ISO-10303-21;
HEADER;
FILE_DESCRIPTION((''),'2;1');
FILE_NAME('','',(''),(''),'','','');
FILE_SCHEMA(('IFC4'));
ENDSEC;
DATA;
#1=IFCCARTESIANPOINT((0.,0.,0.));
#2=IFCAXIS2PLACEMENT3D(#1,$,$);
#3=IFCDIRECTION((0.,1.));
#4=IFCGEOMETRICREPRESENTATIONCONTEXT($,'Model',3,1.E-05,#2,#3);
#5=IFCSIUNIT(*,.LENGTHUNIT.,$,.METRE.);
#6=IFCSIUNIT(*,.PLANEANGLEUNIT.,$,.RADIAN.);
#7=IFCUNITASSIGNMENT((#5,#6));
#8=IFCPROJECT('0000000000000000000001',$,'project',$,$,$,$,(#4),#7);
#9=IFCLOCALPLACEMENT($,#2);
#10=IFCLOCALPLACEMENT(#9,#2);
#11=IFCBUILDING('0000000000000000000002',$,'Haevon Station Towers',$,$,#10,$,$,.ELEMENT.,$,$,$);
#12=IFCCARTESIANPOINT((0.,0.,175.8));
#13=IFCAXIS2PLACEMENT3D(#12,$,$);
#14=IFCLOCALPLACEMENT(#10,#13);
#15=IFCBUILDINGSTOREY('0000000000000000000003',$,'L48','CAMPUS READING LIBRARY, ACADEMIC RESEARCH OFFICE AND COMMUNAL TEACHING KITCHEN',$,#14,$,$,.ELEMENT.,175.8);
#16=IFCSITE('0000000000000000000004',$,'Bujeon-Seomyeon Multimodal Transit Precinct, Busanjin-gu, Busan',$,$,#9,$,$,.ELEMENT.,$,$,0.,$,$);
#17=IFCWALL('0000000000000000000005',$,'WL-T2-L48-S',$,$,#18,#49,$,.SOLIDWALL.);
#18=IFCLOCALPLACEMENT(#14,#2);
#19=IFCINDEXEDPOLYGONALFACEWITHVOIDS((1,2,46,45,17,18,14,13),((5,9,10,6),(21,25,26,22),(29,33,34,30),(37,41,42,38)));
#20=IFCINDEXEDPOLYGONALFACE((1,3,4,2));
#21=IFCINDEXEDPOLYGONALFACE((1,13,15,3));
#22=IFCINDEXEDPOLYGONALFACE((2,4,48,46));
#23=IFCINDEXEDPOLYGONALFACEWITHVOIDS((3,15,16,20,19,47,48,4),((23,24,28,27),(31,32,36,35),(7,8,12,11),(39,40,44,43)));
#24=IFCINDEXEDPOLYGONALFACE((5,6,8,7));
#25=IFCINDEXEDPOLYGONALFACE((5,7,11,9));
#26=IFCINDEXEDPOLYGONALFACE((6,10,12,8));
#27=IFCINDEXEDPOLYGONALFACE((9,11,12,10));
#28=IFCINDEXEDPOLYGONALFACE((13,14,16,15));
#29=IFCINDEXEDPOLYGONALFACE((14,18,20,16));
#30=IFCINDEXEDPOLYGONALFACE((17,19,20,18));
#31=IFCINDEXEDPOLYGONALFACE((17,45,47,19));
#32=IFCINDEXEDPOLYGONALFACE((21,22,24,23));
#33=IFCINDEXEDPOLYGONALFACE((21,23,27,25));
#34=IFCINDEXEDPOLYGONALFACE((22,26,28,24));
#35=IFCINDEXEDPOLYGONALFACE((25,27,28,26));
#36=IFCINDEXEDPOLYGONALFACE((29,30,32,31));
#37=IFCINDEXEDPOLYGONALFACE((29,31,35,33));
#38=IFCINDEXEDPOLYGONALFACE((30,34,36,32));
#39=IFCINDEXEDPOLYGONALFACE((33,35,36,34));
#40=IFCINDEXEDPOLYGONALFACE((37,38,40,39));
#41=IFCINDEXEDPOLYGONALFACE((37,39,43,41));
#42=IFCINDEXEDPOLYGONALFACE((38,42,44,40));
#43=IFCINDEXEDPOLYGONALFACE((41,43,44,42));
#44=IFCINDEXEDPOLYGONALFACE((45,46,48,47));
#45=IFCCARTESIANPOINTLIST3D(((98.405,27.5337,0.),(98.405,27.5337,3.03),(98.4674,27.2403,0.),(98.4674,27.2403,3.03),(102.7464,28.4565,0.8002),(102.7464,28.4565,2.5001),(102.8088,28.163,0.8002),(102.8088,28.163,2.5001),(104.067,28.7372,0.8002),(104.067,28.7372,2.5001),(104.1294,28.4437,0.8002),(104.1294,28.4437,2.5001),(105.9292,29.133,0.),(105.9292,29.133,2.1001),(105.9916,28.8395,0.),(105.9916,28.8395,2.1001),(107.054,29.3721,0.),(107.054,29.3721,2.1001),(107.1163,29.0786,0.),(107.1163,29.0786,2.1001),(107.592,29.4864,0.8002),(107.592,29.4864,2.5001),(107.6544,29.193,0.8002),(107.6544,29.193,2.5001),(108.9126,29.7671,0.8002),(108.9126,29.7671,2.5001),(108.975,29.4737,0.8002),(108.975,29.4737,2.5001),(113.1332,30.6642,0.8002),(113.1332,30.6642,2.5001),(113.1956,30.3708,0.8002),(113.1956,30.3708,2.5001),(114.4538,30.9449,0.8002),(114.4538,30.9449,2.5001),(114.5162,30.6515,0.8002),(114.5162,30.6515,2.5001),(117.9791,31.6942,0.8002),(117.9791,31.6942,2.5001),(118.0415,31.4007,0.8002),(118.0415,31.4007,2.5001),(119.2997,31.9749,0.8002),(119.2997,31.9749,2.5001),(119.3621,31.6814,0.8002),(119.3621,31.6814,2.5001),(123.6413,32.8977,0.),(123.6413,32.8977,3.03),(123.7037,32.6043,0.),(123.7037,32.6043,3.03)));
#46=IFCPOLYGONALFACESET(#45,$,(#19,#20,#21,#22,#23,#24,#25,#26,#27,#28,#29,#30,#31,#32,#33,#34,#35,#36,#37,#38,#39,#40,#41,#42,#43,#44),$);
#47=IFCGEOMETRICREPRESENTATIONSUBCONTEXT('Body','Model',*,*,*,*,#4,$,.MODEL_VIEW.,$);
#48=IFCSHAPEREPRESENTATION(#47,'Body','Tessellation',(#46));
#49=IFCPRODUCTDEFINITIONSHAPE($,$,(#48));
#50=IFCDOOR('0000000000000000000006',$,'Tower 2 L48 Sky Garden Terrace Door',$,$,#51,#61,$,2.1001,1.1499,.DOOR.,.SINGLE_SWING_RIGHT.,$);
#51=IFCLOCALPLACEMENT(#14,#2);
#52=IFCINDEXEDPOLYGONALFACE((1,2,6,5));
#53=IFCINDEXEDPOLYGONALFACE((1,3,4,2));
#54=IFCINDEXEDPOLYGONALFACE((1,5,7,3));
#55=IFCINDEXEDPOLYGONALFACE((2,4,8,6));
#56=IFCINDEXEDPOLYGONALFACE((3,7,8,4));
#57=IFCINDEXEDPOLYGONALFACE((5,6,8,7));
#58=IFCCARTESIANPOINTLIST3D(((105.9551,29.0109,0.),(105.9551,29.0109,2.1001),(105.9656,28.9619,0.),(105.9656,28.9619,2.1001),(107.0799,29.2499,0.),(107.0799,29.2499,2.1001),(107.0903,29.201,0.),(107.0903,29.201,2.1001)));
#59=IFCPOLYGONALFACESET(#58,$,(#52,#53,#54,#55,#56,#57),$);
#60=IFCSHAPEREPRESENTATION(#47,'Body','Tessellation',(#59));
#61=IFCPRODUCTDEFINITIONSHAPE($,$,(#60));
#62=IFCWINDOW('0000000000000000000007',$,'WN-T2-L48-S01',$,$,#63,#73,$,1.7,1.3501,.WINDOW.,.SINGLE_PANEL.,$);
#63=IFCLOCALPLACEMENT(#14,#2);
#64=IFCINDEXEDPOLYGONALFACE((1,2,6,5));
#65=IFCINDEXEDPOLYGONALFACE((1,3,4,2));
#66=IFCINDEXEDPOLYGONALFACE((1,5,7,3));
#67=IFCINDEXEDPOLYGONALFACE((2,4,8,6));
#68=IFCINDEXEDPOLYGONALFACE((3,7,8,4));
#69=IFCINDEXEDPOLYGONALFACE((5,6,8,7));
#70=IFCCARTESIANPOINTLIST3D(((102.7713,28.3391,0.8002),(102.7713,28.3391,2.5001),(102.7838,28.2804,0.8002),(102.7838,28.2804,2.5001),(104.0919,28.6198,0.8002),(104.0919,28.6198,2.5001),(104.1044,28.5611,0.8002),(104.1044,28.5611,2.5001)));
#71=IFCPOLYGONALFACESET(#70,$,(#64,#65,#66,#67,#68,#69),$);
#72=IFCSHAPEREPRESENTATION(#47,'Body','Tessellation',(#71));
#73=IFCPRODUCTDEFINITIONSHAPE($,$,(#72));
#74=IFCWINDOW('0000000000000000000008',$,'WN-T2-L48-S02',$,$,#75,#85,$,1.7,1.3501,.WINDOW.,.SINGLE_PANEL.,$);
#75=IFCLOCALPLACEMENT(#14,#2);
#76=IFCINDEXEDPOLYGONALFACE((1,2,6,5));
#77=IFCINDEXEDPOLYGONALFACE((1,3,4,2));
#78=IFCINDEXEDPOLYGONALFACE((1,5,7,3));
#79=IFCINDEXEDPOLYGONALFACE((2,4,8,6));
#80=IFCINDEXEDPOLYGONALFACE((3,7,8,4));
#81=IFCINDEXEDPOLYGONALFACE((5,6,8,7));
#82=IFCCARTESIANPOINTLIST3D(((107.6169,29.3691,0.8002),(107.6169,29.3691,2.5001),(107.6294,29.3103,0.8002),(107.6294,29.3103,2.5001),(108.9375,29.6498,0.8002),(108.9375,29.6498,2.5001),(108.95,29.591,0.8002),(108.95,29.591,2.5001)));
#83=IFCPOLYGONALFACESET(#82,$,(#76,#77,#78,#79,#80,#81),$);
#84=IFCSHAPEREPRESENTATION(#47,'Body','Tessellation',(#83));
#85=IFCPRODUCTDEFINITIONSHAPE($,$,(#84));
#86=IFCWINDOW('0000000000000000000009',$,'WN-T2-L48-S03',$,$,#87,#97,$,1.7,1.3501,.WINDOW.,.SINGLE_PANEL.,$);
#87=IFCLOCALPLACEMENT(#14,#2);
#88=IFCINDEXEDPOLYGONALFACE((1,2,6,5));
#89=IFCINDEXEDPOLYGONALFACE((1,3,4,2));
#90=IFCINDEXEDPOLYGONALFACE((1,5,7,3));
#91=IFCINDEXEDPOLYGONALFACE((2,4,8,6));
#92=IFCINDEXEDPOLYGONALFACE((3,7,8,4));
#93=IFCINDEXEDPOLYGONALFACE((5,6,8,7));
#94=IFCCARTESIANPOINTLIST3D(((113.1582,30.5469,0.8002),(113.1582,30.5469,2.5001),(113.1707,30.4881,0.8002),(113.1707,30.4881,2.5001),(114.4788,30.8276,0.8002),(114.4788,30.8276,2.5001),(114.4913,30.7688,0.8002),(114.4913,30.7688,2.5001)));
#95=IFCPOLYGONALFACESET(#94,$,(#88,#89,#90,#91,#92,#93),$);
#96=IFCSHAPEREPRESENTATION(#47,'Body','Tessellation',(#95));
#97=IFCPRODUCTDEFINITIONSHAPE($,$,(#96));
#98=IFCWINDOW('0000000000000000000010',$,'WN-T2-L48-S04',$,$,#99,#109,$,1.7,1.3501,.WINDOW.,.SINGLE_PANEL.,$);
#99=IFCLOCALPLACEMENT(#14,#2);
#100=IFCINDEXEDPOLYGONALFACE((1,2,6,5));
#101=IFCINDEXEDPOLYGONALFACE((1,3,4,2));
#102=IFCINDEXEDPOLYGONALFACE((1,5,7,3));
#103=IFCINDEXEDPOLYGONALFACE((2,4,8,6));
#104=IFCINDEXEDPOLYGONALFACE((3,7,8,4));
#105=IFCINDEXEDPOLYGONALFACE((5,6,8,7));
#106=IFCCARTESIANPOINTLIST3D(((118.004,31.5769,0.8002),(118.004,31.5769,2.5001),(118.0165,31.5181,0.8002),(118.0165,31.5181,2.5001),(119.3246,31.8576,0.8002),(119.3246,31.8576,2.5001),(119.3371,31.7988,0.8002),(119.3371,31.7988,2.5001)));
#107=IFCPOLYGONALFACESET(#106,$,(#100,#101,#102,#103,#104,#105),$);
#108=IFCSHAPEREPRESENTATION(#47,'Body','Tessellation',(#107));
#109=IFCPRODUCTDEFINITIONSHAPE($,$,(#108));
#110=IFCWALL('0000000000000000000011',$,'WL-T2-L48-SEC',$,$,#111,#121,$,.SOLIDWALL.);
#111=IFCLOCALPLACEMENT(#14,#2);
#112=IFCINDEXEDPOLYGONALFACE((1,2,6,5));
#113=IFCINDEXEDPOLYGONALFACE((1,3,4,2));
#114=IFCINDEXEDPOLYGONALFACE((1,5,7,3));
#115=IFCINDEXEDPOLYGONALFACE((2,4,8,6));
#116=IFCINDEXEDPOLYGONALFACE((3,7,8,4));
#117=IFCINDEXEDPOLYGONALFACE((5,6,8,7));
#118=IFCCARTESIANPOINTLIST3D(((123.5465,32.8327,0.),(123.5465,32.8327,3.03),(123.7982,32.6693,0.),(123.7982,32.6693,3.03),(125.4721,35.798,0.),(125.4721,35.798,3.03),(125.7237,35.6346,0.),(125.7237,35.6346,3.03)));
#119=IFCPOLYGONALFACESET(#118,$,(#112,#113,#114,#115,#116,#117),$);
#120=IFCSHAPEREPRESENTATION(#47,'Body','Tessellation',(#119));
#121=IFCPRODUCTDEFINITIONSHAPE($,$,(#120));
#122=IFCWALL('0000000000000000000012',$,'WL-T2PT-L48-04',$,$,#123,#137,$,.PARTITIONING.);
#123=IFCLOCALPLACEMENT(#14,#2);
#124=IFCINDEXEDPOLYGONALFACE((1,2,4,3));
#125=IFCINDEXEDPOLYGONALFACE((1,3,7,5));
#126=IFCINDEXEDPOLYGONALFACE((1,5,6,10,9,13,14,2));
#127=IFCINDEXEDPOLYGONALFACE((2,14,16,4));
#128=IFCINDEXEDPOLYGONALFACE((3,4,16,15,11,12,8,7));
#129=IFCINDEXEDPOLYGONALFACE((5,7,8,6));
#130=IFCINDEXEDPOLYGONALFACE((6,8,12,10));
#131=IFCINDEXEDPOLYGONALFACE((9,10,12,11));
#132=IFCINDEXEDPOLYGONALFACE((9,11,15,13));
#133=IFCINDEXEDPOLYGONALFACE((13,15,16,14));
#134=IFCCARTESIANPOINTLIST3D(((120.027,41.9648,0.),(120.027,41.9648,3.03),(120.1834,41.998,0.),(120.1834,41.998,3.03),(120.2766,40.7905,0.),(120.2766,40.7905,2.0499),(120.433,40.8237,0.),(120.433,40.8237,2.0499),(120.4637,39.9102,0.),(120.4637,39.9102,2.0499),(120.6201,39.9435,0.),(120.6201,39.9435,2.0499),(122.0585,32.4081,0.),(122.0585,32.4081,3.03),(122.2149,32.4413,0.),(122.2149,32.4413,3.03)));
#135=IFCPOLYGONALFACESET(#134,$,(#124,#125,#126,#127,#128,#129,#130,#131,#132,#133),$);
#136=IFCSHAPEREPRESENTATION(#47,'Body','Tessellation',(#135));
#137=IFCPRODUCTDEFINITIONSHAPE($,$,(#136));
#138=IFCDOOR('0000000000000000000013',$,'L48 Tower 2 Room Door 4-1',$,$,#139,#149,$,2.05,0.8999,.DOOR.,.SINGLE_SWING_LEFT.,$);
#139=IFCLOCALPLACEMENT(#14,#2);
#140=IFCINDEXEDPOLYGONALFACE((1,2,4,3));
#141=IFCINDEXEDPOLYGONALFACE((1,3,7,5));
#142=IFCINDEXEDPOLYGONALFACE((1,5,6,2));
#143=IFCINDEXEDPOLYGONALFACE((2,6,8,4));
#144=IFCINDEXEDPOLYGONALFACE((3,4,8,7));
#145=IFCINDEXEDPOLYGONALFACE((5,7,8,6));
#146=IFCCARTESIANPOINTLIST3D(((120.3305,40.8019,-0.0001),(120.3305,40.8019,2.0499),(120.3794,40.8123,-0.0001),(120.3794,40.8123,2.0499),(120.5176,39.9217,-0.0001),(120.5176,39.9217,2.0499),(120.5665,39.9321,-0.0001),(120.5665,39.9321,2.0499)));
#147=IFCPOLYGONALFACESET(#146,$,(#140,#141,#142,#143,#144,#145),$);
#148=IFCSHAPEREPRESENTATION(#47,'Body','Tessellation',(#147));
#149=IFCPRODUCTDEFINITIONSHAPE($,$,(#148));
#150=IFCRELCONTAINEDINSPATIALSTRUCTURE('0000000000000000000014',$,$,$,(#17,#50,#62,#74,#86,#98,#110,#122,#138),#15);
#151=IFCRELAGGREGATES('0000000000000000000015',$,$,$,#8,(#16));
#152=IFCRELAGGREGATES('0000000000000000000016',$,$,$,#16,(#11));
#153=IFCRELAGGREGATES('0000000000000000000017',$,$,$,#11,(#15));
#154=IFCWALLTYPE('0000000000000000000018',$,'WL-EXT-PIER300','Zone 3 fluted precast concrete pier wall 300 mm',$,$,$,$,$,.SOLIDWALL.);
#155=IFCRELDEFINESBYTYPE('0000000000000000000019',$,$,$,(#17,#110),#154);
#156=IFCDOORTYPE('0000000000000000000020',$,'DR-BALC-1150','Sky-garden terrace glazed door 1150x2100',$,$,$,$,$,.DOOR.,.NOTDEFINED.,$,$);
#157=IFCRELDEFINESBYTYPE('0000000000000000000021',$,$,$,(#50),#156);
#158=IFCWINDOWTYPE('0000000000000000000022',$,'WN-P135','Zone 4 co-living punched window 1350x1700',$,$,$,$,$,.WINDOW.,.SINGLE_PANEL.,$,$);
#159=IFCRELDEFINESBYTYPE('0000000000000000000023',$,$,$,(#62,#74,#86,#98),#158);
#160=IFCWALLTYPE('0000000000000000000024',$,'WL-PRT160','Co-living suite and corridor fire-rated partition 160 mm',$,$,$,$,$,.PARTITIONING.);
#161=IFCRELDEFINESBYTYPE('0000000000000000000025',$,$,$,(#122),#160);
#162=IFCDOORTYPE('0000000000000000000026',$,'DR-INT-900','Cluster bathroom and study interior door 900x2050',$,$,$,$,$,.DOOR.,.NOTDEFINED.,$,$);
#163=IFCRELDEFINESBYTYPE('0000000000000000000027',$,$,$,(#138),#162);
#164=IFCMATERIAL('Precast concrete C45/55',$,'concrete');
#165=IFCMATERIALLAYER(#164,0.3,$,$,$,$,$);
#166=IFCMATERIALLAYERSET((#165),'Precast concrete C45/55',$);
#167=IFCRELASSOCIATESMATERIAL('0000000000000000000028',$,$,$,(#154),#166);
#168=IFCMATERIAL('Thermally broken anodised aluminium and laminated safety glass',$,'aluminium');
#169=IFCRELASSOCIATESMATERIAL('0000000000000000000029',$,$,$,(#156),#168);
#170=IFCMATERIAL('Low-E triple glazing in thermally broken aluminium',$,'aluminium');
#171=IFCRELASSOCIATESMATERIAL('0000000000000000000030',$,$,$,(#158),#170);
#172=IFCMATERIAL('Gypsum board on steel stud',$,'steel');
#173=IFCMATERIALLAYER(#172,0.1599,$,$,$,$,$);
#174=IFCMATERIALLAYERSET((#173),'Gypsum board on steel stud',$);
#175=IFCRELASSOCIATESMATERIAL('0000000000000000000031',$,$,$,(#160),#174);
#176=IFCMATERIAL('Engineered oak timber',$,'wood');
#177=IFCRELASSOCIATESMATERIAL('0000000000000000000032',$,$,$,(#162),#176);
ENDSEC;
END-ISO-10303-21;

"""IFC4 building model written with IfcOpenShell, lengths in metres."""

from ifc_helpers import new_model, si_unit, direction, frame, frame_2d, origin, place, context, subcontext, project, spatial, rectangle, extrude, material, layer, layer_set, type_object, element, fill, save


model = new_model("IFC4")

# Units and contexts
model_context = context("Model", 3, precision=1e-05, world=origin(), true_north=direction((0.0, 1.0)))
body_context = subcontext(model_context, "Body", "Model", "MODEL_VIEW")
ifc_project = project(units=[si_unit("LENGTHUNIT", "METRE"), si_unit("PLANEANGLEUNIT", "RADIAN")], contexts=[model_context])

# Site, building, storey
site_placement = place(None, origin())
site = spatial("IfcSite", under=ifc_project, at=site_placement, Name="Bujeon-Seomyeon Multimodal Transit Precinct, Busanjin-gu, Busan", CompositionType="ELEMENT", RefElevation=0.0)
building_placement = place(site_placement, origin())
building = spatial("IfcBuilding", under=site, at=building_placement, Name="Haevon Station Towers", CompositionType="ELEMENT")
storey_placement = place(building_placement, frame((0.0, 0.0, 175.8)))
storey = spatial("IfcBuildingStorey", under=building, at=storey_placement, Name="L48", Description="CAMPUS READING LIBRARY, ACADEMIC RESEARCH OFFICE AND COMMUNAL TEACHING KITCHEN", CompositionType="ELEMENT", Elevation=175.8)

# Wall, openings, door, windows
ifc_material_1 = material(Name="Precast concrete C45/55", Category="concrete")
ifc_layer_1 = layer(ifc_material_1, 0.3)
ifc_layer_set_1 = layer_set([ifc_layer_1], Name="Precast concrete C45/55")
wall_type_1 = type_object("IfcWallType", Name="WL-EXT-PIER300", Description="Zone 3 fluted precast concrete pier wall 300 mm", PredefinedType="SOLIDWALL", material=ifc_layer_set_1)
wall_1_placement = place(storey_placement, frame((123.6724, 32.751, 0.0), z_axis=(0.0, 0.0, 1.0), x_axis=(-0.978149, -0.207907, 0.0)))
wall_1 = element("IfcWall", 1, at=wall_1_placement, inside=storey, type_object=wall_type_1, Name="WL-T2-L48-S", PredefinedType="SOLIDWALL", context=body_context, shape_type="SweptSolid", body=[
    extrude(rectangle(XDim=25.8, YDim=0.3, at=frame_2d((12.8999, 0.0))), origin(), (0.0, 0.0, 1.0), 3.03),
])
opening_1_placement = place(wall_1_placement, frame((16.9578, 0.0, 0.0)))
opening_1 = element("IfcOpeningElement", 2, at=opening_1_placement, cuts=wall_1, PredefinedType="OPENING", context=body_context, shape_type="SweptSolid", body=[
    extrude(rectangle(XDim=1.1499, YDim=2.1001, at=frame_2d((0.575, 1.05))), frame((0.0, 0.1599, 0.0), z_axis=(0.0, -1.0, 0.0), x_axis=(1.0, 0.0, 0.0)), (0.0, 0.0, 1.0), 0.3201),
])
opening_2_placement = place(wall_1_placement, frame((20.0115, 0.0, 0.8)))
opening_2 = element("IfcOpeningElement", 3, at=opening_2_placement, cuts=wall_1, PredefinedType="OPENING", context=body_context, shape_type="SweptSolid", body=[
    extrude(rectangle(XDim=1.3501, YDim=1.7, at=frame_2d((0.675, 0.8501))), frame((0.0, 0.1599, 0.0), z_axis=(0.0, -1.0, 0.0), x_axis=(1.0, 0.0, 0.0)), (0.0, 0.0, 1.0), 0.3201),
])
opening_3_placement = place(wall_1_placement, frame((15.0576, 0.0, 0.8)))
opening_3 = element("IfcOpeningElement", 4, at=opening_3_placement, cuts=wall_1, PredefinedType="OPENING", context=body_context, shape_type="SweptSolid", body=[
    extrude(rectangle(XDim=1.3501, YDim=1.7, at=frame_2d((0.675, 0.8501))), frame((0.0, 0.1599, 0.0), z_axis=(0.0, -1.0, 0.0), x_axis=(1.0, 0.0, 0.0)), (0.0, 0.0, 1.0), 0.3201),
])
opening_4_placement = place(wall_1_placement, frame((9.3926, 0.0, 0.8)))
opening_4 = element("IfcOpeningElement", 5, at=opening_4_placement, cuts=wall_1, PredefinedType="OPENING", context=body_context, shape_type="SweptSolid", body=[
    extrude(rectangle(XDim=1.3501, YDim=1.7, at=frame_2d((0.675, 0.8501))), frame((0.0, 0.1599, 0.0), z_axis=(0.0, -1.0, 0.0), x_axis=(1.0, 0.0, 0.0)), (0.0, 0.0, 1.0), 0.3201),
])
opening_5_placement = place(wall_1_placement, frame((4.4385, 0.0, 0.8)))
opening_5 = element("IfcOpeningElement", 6, at=opening_5_placement, cuts=wall_1, PredefinedType="OPENING", context=body_context, shape_type="SweptSolid", body=[
    extrude(rectangle(XDim=1.3501, YDim=1.7, at=frame_2d((0.675, 0.8501))), frame((0.0, 0.1599, 0.0), z_axis=(0.0, -1.0, 0.0), x_axis=(1.0, 0.0, 0.0)), (0.0, 0.0, 1.0), 0.3201),
])
ifc_material_2 = material(Name="Thermally broken anodised aluminium and laminated safety glass", Category="aluminium")
door_type_1 = type_object("IfcDoorType", Name="DR-BALC-1150", Description="Sky-garden terrace glazed door 1150x2100", OperationType="NOTDEFINED", PredefinedType="DOOR", material=ifc_material_2)
door_1_placement = place(opening_1_placement, origin())
door_1 = element("IfcDoor", 7, at=door_1_placement, inside=storey, type_object=door_type_1, Name="Tower 2 L48 Sky Garden Terrace Door", OperationType="SINGLE_SWING_RIGHT", OverallHeight=2.1001, OverallWidth=1.1499, PredefinedType="DOOR", context=body_context, shape_type="SweptSolid", body=[
    extrude(rectangle(XDim=1.1499, YDim=2.1001, at=frame_2d((0.575, 1.05))), frame((0.0, 0.0249, 0.0), z_axis=(0.0, -1.0, 0.0), x_axis=(1.0, 0.0, 0.0)), (0.0, 0.0, 1.0), 0.05),
])
fill(opening_1, door_1)
ifc_material_3 = material(Name="Low-E triple glazing in thermally broken aluminium", Category="aluminium")
window_type = type_object("IfcWindowType", Name="WN-P135", Description="Zone 4 co-living punched window 1350x1700", PartitioningType="SINGLE_PANEL", PredefinedType="WINDOW", material=ifc_material_3)
window_1_placement = place(opening_2_placement, origin())
window_1 = element("IfcWindow", 8, at=window_1_placement, inside=storey, type_object=window_type, Name="WN-T2-L48-S01", OverallHeight=1.7, OverallWidth=1.3501, PartitioningType="SINGLE_PANEL", PredefinedType="WINDOW", context=body_context, shape_type="SweptSolid", body=[
    extrude(rectangle(XDim=1.3501, YDim=1.7, at=frame_2d((0.675, 0.8501))), frame((0.0, 0.03, 0.0), z_axis=(0.0, -1.0, 0.0), x_axis=(1.0, 0.0, 0.0)), (0.0, 0.0, 1.0), 0.0601),
])
fill(opening_2, window_1)
window_2_placement = place(opening_3_placement, origin())
window_2 = element("IfcWindow", 9, at=window_2_placement, inside=storey, type_object=window_type, Name="WN-T2-L48-S02", OverallHeight=1.7, OverallWidth=1.3501, PartitioningType="SINGLE_PANEL", PredefinedType="WINDOW", context=body_context, shape_type="SweptSolid", body=[
    extrude(rectangle(XDim=1.3501, YDim=1.7, at=frame_2d((0.675, 0.8501))), frame((0.0, 0.03, 0.0), z_axis=(0.0, -1.0, 0.0), x_axis=(1.0, 0.0, 0.0)), (0.0, 0.0, 1.0), 0.0601),
])
fill(opening_3, window_2)
window_3_placement = place(opening_4_placement, origin())
window_3 = element("IfcWindow", 10, at=window_3_placement, inside=storey, type_object=window_type, Name="WN-T2-L48-S03", OverallHeight=1.7, OverallWidth=1.3501, PartitioningType="SINGLE_PANEL", PredefinedType="WINDOW", context=body_context, shape_type="SweptSolid", body=[
    extrude(rectangle(XDim=1.3501, YDim=1.7, at=frame_2d((0.675, 0.8501))), frame((0.0, 0.03, 0.0), z_axis=(0.0, -1.0, 0.0), x_axis=(1.0, 0.0, 0.0)), (0.0, 0.0, 1.0), 0.0601),
])
fill(opening_4, window_3)
window_4_placement = place(opening_5_placement, origin())
window_4 = element("IfcWindow", 11, at=window_4_placement, inside=storey, type_object=window_type, Name="WN-T2-L48-S04", OverallHeight=1.7, OverallWidth=1.3501, PartitioningType="SINGLE_PANEL", PredefinedType="WINDOW", context=body_context, shape_type="SweptSolid", body=[
    extrude(rectangle(XDim=1.3501, YDim=1.7, at=frame_2d((0.675, 0.8501))), frame((0.0, 0.03, 0.0), z_axis=(0.0, -1.0, 0.0), x_axis=(1.0, 0.0, 0.0)), (0.0, 0.0, 1.0), 0.0601),
])
fill(opening_5, window_4)

# Wall
wall_2_placement = place(storey_placement, frame((125.5979, 35.7163, 0.0), z_axis=(0.0, 0.0, 1.0), x_axis=(-0.544605, -0.838693, 0.0)))
element("IfcWall", 12, at=wall_2_placement, inside=storey, type_object=wall_type_1, Name="WL-T2-L48-SEC", PredefinedType="SOLIDWALL", context=body_context, shape_type="SweptSolid", body=[
    extrude(rectangle(XDim=3.5356, YDim=0.3, at=frame_2d((1.7678, 0.0))), origin(), (0.0, 0.0, 1.0), 3.03),
])

# Wall, opening, door
ifc_material_4 = material(Name="Gypsum board on steel stud", Category="steel")
ifc_layer_2 = layer(ifc_material_4, 0.1599)
ifc_layer_set_2 = layer_set([ifc_layer_2], Name="Gypsum board on steel stud")
wall_type_2 = type_object("IfcWallType", Name="WL-PRT160", Description="Co-living suite and corridor fire-rated partition 160 mm", PredefinedType="PARTITIONING", material=ifc_layer_set_2)
wall_3_placement = place(storey_placement, frame((122.1367, 32.4246, 0.0), z_axis=(0.0, 0.0, 1.0), x_axis=(-0.207928, 0.978144, 0.0)))
wall_3 = element("IfcWall", 13, at=wall_3_placement, inside=storey, type_object=wall_type_2, Name="WL-T2PT-L48-04", PredefinedType="PARTITIONING", context=body_context, shape_type="SweptSolid", body=[
    extrude(rectangle(XDim=9.7703, YDim=0.1599, at=frame_2d((4.8853, 0.0))), origin(), (0.0, 0.0, 1.0), 3.03),
])
opening_6_placement = place(wall_3_placement, frame((7.6699, 0.0, 0.0)))
opening_6 = element("IfcOpeningElement", 14, at=opening_6_placement, cuts=wall_3, PredefinedType="OPENING", context=body_context, shape_type="SweptSolid", body=[
    extrude(rectangle(XDim=0.8999, YDim=2.05, at=frame_2d((0.45, 1.0249))), frame((0.0, 0.0898, 0.0), z_axis=(0.0, -1.0, 0.0), x_axis=(1.0, 0.0, 0.0)), (0.0, 0.0, 1.0), 0.1799),
])
ifc_material_5 = material(Name="Engineered oak timber", Category="wood")
door_type_2 = type_object("IfcDoorType", Name="DR-INT-900", Description="Cluster bathroom and study interior door 900x2050", OperationType="NOTDEFINED", PredefinedType="DOOR", material=ifc_material_5)
door_2_placement = place(opening_6_placement, origin())
door_2 = element("IfcDoor", 15, at=door_2_placement, inside=storey, type_object=door_type_2, Name="L48 Tower 2 Room Door 4-1", OperationType="SINGLE_SWING_LEFT", OverallHeight=2.05, OverallWidth=0.8999, PredefinedType="DOOR", context=body_context, shape_type="SweptSolid", body=[
    extrude(rectangle(XDim=0.8999, YDim=2.05, at=frame_2d((0.45, 1.0249))), frame((0.0, 0.0249, 0.0), z_axis=(0.0, -1.0, 0.0), x_axis=(1.0, 0.0, 0.0)), (0.0, 0.0, 1.0), 0.05),
])
fill(opening_6, door_2)

save(model, "model.ifc")
